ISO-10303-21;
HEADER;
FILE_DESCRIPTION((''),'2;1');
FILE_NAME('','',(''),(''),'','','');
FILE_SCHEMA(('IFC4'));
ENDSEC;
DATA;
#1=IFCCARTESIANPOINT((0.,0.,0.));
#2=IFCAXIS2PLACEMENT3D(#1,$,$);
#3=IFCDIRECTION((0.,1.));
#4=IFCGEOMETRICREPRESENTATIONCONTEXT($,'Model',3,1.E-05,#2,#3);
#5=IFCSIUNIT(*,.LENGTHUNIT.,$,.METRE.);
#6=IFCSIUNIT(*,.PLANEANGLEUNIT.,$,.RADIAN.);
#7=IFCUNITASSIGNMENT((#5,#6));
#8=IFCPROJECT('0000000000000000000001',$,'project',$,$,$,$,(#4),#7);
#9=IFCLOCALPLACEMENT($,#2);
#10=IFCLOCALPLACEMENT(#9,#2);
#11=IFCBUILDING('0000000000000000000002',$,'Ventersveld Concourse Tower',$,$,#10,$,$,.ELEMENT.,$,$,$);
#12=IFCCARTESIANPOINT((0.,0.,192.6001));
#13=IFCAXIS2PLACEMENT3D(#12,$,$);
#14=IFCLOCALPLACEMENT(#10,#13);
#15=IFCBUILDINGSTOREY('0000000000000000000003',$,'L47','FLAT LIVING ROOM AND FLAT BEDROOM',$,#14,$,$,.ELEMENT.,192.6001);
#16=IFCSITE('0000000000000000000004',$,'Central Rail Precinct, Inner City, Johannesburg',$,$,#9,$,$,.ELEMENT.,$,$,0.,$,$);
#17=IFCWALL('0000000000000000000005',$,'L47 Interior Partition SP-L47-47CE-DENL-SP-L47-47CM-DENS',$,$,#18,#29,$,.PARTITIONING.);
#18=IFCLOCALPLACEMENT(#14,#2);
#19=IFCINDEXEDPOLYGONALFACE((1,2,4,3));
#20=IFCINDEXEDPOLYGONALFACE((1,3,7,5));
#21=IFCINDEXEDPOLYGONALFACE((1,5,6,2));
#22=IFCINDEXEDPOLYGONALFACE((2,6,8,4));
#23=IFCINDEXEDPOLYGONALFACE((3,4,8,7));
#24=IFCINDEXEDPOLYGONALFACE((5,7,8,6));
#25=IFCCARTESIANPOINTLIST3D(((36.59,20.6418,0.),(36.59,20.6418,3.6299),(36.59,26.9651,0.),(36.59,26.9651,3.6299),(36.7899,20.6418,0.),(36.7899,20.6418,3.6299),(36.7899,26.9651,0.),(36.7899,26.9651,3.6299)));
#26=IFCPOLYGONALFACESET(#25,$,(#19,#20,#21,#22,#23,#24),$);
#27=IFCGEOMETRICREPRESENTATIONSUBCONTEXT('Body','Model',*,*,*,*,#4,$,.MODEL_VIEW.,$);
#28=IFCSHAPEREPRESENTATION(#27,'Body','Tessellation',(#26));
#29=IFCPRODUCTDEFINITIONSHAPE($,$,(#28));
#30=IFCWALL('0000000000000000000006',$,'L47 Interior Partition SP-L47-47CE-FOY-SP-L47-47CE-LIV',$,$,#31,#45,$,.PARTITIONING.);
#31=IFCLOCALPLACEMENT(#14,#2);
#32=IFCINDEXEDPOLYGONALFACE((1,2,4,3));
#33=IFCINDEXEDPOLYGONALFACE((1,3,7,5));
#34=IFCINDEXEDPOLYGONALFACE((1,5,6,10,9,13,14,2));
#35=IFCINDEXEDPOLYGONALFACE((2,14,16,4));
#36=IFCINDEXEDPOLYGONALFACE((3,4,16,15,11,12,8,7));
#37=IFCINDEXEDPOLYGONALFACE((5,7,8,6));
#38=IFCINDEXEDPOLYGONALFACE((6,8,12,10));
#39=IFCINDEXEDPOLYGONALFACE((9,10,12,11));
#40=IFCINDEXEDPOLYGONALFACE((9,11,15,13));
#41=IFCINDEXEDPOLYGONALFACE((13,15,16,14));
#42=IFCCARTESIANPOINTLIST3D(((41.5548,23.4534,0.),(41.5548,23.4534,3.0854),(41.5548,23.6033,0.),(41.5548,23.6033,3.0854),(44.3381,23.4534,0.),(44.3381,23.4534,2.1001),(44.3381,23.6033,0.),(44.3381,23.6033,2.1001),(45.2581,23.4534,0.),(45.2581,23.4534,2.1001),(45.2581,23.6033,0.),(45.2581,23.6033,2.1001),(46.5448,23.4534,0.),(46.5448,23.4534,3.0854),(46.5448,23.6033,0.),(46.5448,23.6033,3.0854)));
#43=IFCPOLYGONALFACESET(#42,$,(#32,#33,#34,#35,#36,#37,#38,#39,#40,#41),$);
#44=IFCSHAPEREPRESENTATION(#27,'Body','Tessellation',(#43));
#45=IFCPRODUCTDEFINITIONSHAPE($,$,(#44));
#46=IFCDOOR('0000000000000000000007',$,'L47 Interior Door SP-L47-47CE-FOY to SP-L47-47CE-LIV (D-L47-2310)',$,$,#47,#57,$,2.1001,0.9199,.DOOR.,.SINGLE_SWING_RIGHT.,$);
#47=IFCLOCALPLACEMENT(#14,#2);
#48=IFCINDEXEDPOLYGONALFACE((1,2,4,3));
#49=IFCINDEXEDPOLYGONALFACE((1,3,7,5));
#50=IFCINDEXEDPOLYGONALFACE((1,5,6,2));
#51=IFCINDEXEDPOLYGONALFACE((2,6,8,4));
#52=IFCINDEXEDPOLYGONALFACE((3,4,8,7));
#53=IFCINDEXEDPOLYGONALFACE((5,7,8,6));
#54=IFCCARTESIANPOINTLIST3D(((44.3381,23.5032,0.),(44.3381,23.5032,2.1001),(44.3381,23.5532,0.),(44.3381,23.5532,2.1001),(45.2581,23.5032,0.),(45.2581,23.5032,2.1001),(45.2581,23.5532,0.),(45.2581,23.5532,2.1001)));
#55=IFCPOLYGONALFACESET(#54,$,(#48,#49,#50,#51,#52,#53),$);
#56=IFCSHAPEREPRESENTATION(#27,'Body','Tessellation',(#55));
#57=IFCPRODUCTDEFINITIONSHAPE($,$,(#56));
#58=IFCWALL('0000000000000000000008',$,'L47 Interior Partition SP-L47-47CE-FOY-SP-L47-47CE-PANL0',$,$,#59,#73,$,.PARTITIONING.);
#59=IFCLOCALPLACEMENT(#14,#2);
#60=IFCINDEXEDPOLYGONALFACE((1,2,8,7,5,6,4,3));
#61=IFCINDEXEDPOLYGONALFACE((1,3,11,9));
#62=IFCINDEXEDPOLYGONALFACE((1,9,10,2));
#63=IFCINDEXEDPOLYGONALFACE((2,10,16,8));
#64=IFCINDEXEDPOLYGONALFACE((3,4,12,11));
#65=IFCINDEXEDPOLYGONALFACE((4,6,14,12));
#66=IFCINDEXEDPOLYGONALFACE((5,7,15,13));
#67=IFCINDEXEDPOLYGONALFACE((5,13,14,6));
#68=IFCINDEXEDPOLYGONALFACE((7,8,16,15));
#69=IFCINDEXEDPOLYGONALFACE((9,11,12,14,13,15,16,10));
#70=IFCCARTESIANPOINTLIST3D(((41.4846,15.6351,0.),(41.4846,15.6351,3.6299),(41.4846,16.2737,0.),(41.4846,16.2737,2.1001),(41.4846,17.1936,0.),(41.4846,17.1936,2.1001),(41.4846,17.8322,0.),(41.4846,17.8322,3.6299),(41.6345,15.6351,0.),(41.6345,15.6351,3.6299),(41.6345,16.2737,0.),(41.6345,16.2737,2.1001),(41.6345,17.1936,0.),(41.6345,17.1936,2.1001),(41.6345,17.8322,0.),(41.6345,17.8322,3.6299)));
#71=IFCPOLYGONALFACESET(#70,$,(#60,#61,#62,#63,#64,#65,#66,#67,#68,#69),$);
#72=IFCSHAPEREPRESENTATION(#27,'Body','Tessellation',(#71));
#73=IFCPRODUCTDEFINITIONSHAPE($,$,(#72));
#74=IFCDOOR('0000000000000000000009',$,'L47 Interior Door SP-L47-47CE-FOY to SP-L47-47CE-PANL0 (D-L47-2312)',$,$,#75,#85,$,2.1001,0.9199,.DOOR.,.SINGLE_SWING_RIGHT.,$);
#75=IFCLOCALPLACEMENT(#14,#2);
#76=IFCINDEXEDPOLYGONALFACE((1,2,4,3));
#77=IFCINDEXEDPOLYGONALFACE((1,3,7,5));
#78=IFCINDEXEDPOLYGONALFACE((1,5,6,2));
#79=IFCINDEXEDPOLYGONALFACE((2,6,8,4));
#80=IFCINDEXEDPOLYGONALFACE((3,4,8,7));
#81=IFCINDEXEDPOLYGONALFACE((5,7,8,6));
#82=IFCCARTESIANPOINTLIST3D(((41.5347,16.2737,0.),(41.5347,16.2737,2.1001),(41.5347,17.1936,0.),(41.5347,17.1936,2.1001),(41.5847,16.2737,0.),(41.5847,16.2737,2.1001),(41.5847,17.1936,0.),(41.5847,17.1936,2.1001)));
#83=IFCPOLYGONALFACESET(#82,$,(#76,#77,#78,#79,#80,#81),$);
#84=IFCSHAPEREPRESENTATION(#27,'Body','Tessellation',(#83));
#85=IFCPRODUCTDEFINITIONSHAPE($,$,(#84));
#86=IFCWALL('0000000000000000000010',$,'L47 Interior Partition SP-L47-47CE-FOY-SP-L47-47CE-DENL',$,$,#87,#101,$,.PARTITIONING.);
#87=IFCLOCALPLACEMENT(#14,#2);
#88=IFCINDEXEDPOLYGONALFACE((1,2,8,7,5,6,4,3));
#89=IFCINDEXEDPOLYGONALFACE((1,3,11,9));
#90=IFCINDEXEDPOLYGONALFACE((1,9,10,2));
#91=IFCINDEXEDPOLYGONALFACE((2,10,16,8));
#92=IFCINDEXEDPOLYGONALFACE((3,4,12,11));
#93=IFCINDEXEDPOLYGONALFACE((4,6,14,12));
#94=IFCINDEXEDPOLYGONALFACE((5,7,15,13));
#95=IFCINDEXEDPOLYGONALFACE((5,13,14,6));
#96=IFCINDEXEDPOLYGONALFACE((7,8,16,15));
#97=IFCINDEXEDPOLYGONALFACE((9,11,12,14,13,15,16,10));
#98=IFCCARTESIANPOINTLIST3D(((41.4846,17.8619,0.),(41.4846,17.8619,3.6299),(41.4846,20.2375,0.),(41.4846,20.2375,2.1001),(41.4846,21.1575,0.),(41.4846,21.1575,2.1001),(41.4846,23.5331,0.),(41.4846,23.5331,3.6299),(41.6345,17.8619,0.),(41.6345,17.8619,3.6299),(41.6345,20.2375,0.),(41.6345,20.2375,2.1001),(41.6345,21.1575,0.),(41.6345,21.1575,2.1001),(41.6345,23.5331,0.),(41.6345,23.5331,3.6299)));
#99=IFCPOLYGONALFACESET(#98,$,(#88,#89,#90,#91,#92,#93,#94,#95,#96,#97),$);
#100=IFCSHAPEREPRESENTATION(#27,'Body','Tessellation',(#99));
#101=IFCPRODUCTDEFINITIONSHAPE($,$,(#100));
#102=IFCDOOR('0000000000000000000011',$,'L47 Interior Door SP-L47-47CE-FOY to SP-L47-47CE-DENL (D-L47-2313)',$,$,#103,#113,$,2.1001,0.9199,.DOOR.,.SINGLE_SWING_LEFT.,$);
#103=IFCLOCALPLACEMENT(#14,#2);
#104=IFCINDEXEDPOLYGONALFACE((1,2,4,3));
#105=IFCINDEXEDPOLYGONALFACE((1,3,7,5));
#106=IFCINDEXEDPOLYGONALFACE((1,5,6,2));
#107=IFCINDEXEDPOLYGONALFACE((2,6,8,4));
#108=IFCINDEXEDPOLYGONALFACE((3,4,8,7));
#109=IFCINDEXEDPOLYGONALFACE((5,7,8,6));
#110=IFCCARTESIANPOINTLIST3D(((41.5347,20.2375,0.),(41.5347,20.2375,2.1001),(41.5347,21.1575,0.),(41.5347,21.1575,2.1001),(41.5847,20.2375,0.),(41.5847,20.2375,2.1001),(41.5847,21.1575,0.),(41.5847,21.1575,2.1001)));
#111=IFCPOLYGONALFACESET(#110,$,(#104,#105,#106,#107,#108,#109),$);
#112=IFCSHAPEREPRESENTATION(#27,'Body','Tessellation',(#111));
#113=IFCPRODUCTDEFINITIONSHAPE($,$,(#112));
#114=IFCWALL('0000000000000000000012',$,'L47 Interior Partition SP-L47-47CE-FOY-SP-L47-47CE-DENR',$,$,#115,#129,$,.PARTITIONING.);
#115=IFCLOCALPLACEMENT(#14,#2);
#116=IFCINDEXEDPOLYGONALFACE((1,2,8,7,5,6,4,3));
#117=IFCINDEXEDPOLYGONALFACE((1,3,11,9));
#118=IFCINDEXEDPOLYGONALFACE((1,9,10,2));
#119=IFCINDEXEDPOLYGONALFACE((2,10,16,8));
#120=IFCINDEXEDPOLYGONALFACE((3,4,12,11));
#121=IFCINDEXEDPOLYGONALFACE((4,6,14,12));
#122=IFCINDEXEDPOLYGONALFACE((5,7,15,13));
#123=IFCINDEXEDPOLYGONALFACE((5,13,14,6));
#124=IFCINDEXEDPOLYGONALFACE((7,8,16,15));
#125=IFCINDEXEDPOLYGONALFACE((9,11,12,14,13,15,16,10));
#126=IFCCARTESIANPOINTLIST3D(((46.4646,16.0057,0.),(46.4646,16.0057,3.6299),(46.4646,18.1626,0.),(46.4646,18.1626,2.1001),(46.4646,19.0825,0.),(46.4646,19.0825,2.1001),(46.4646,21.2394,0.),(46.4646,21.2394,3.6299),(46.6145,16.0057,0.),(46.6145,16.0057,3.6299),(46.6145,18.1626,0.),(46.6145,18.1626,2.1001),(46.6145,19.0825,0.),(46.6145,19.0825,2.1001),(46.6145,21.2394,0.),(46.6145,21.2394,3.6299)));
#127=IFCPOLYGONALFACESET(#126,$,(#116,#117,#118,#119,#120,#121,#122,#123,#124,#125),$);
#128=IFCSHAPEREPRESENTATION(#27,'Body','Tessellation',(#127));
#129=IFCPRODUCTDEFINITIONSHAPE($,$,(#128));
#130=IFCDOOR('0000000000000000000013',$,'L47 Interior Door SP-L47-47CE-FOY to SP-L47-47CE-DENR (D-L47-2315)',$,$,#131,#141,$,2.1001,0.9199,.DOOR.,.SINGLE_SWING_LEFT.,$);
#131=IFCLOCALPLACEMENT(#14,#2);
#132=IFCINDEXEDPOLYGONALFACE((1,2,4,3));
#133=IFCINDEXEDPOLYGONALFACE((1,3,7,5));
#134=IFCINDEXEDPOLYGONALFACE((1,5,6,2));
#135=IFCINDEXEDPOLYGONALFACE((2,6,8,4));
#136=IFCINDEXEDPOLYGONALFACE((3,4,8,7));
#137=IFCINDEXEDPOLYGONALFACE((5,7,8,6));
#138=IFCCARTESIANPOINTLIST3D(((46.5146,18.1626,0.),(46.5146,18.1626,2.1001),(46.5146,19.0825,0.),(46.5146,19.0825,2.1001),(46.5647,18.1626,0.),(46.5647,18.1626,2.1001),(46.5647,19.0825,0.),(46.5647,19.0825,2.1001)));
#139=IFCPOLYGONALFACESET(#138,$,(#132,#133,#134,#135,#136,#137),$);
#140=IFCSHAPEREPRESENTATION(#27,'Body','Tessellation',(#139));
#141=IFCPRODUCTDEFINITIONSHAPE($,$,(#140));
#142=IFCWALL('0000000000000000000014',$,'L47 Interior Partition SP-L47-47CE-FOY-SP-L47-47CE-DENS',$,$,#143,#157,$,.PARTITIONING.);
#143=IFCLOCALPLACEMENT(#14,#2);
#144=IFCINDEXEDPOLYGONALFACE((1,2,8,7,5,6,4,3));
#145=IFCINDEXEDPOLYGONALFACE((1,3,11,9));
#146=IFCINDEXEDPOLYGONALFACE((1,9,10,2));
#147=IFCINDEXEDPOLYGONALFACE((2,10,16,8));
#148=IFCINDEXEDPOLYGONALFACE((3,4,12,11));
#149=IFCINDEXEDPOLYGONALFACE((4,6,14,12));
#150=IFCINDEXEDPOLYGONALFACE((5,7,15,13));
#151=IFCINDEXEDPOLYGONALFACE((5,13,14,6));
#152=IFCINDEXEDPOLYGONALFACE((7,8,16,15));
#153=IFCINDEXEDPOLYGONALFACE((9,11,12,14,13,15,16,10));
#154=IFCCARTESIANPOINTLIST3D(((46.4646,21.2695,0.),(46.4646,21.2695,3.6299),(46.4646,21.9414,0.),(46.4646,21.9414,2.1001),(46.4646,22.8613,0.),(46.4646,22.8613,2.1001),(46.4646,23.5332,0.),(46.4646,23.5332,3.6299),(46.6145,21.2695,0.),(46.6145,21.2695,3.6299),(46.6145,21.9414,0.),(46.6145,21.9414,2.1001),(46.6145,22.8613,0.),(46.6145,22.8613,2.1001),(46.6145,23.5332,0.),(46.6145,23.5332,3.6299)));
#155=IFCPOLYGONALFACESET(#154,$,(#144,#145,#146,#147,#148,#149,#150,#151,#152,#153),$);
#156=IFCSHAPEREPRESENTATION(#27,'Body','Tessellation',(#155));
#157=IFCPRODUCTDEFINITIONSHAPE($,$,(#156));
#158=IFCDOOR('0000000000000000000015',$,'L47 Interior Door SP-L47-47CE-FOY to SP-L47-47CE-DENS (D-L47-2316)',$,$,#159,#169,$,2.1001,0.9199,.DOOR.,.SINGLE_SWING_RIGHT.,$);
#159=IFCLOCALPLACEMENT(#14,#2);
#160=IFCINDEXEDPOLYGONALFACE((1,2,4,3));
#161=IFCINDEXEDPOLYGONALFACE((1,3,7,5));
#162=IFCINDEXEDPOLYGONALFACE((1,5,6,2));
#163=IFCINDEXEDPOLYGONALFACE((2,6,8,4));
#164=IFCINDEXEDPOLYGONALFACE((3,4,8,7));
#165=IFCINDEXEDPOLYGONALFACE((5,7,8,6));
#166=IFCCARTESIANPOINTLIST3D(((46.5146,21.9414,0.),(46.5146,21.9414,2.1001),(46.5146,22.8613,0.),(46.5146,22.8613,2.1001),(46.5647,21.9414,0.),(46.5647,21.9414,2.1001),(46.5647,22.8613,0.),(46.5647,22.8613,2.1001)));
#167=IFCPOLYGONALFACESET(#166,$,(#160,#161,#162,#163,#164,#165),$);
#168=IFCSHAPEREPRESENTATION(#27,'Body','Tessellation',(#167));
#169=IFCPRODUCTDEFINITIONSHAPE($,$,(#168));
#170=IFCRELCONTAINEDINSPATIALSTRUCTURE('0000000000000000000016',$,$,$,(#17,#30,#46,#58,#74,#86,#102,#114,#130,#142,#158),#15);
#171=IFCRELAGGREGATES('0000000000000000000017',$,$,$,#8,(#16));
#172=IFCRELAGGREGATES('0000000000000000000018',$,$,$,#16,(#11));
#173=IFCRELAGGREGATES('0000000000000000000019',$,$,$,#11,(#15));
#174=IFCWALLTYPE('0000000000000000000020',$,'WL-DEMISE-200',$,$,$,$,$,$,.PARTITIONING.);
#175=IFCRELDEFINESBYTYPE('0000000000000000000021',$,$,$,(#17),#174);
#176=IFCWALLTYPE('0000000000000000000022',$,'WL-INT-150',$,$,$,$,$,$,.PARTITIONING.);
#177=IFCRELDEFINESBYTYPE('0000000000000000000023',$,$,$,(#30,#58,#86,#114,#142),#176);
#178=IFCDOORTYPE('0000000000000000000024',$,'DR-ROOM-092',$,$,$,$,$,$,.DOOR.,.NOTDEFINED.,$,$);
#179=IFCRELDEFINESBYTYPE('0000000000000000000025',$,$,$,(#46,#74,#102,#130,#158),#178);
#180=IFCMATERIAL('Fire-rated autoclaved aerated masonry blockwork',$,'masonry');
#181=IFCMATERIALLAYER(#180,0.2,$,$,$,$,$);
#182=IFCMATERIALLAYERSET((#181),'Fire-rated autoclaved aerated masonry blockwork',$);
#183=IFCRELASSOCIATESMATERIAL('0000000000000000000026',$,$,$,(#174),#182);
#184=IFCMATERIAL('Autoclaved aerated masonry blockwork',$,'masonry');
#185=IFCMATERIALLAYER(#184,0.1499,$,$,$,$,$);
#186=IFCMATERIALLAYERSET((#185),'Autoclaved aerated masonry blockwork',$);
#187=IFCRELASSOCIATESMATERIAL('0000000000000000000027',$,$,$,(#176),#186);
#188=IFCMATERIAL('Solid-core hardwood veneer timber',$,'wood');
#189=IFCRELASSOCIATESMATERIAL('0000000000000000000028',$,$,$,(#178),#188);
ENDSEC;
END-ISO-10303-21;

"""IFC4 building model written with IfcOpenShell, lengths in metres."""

from ifc_helpers import new_model, si_unit, direction, frame, frame_2d, origin, place, context, subcontext, project, spatial, rectangle, extrude, material, layer, layer_set, type_object, element, fill, save


model = new_model("IFC4")

# Units and contexts
model_context = context("Model", 3, precision=1e-05, world=origin(), true_north=direction((0.0, 1.0)))
body_context = subcontext(model_context, "Body", "Model", "MODEL_VIEW")
ifc_project = project(units=[si_unit("LENGTHUNIT", "METRE"), si_unit("PLANEANGLEUNIT", "RADIAN")], contexts=[model_context])

# Site, building, storey
site_placement = place(None, origin())
site = spatial("IfcSite", under=ifc_project, at=site_placement, Name="Central Rail Precinct, Inner City, Johannesburg", CompositionType="ELEMENT", RefElevation=0.0)
building_placement = place(site_placement, origin())
building = spatial("IfcBuilding", under=site, at=building_placement, Name="Ventersveld Concourse Tower", CompositionType="ELEMENT")
storey_placement = place(building_placement, frame((0.0, 0.0, 192.6001)))
storey = spatial("IfcBuildingStorey", under=building, at=storey_placement, Name="L47", Description="FLAT LIVING ROOM AND FLAT BEDROOM", CompositionType="ELEMENT", Elevation=192.6001)

# Shared definitions
ifc_material_1 = material(Name="Fire-rated autoclaved aerated masonry blockwork", Category="masonry")
ifc_material_2 = material(Name="Solid-core hardwood veneer timber", Category="wood")

# Wall
ifc_layer_1 = layer(ifc_material_1, 0.2)
ifc_layer_set_1 = layer_set([ifc_layer_1], Name="Fire-rated autoclaved aerated masonry blockwork")
wall_type_1 = type_object("IfcWallType", Name="WL-DEMISE-200", PredefinedType="PARTITIONING", material=ifc_layer_set_1)
wall_1_placement = place(storey_placement, frame((36.6899, 20.6418, 0.0), z_axis=(0.0, 0.0, 1.0), x_axis=(0.0, 1.0, 0.0)))
element("IfcWall", 1, at=wall_1_placement, inside=storey, type_object=wall_type_1, Name="L47 Interior Partition SP-L47-47CE-DENL-SP-L47-47CM-DENS", PredefinedType="PARTITIONING", context=body_context, shape_type="SweptSolid", body=[
    extrude(rectangle(XDim=6.3232, YDim=0.2, at=frame_2d((3.1616, 0.0))), origin(), (0.0, 0.0, 1.0), 3.6299),
])

# Walls, openings, doors
ifc_material_3 = material(Name="Autoclaved aerated masonry blockwork", Category="masonry")
ifc_layer_2 = layer(ifc_material_3, 0.1499)
ifc_layer_set_2 = layer_set([ifc_layer_2], Name="Autoclaved aerated masonry blockwork")
wall_type_2 = type_object("IfcWallType", Name="WL-INT-150", PredefinedType="PARTITIONING", material=ifc_layer_set_2)
wall_2_placement = place(storey_placement, frame((41.5547, 23.5283, 0.0), z_axis=(0.0, 0.0, 1.0), x_axis=(1.0, 0.0, 0.0)))
wall_2 = element("IfcWall", 2, at=wall_2_placement, inside=storey, type_object=wall_type_2, Name="L47 Interior Partition SP-L47-47CE-FOY-SP-L47-47CE-LIV", PredefinedType="PARTITIONING", context=body_context, shape_type="SweptSolid", body=[
    extrude(rectangle(XDim=4.99, YDim=0.1499, at=frame_2d((2.4951, 0.0))), origin(), (0.0, 0.0, 1.0), 3.0854),
])
opening_1_placement = place(wall_2_placement, frame((2.7834, 0.0, 0.0)))
opening_1 = element("IfcOpeningElement", 3, at=opening_1_placement, cuts=wall_2, PredefinedType="OPENING", context=body_context, shape_type="SweptSolid", body=[
    extrude(rectangle(XDim=0.9199, YDim=2.1001, at=frame_2d((0.46, 1.05))), frame((0.0, 0.085, 0.0), z_axis=(0.0, -1.0, 0.0), x_axis=(1.0, 0.0, 0.0)), (0.0, 0.0, 1.0), 0.1699),
])
door_type_1 = type_object("IfcDoorType", Name="DR-ROOM-092", OperationType="NOTDEFINED", PredefinedType="DOOR", material=ifc_material_2)
door_1_placement = place(opening_1_placement, origin())
door_1 = element("IfcDoor", 4, at=door_1_placement, inside=storey, type_object=door_type_1, Name="L47 Interior Door SP-L47-47CE-FOY to SP-L47-47CE-LIV (D-L47-2310)", OperationType="SINGLE_SWING_RIGHT", OverallHeight=2.1001, OverallWidth=0.9199, PredefinedType="DOOR", context=body_context, shape_type="SweptSolid", body=[
    extrude(rectangle(XDim=0.9199, YDim=2.1001, at=frame_2d((0.46, 1.05))), frame((0.0, 0.0249, 0.0), z_axis=(0.0, -1.0, 0.0), x_axis=(1.0, 0.0, 0.0)), (0.0, 0.0, 1.0), 0.05),
])
fill(opening_1, door_1)
wall_3_placement = place(storey_placement, frame((41.5596, 15.635, 0.0), z_axis=(0.0, 0.0, 1.0), x_axis=(0.0, 1.0, 0.0)))
wall_3 = element("IfcWall", 5, at=wall_3_placement, inside=storey, type_object=wall_type_2, Name="L47 Interior Partition SP-L47-47CE-FOY-SP-L47-47CE-PANL0", PredefinedType="PARTITIONING", context=body_context, shape_type="SweptSolid", body=[
    extrude(rectangle(XDim=2.197, YDim=0.1499, at=frame_2d((1.0986, 0.0))), origin(), (0.0, 0.0, 1.0), 3.6299),
])
opening_2_placement = place(wall_3_placement, frame((0.6387, 0.0, 0.0)))
opening_2 = element("IfcOpeningElement", 6, at=opening_2_placement, cuts=wall_3, PredefinedType="OPENING", context=body_context, shape_type="SweptSolid", body=[
    extrude(rectangle(XDim=0.9199, YDim=2.1001, at=frame_2d((0.46, 1.05))), frame((0.0, 0.085, 0.0), z_axis=(0.0, -1.0, 0.0), x_axis=(1.0, 0.0, 0.0)), (0.0, 0.0, 1.0), 0.1699),
])
door_2_placement = place(opening_2_placement, origin())
door_2 = element("IfcDoor", 7, at=door_2_placement, inside=storey, type_object=door_type_1, Name="L47 Interior Door SP-L47-47CE-FOY to SP-L47-47CE-PANL0 (D-L47-2312)", OperationType="SINGLE_SWING_RIGHT", OverallHeight=2.1001, OverallWidth=0.9199, PredefinedType="DOOR", context=body_context, shape_type="SweptSolid", body=[
    extrude(rectangle(XDim=0.9199, YDim=2.1001, at=frame_2d((0.46, 1.05))), frame((0.0, 0.0249, 0.0), z_axis=(0.0, -1.0, 0.0), x_axis=(1.0, 0.0, 0.0)), (0.0, 0.0, 1.0), 0.05),
])
fill(opening_2, door_2)
wall_4_placement = place(storey_placement, frame((41.5596, 17.8621, 0.0), z_axis=(0.0, 0.0, 1.0), x_axis=(0.0, 1.0, 0.0)))
wall_4 = element("IfcWall", 8, at=wall_4_placement, inside=storey, type_object=wall_type_2, Name="L47 Interior Partition SP-L47-47CE-FOY-SP-L47-47CE-DENL", PredefinedType="PARTITIONING", context=body_context, shape_type="SweptSolid", body=[
    extrude(rectangle(XDim=5.6711, YDim=0.1499, at=frame_2d((2.8354, 0.0))), origin(), (0.0, 0.0, 1.0), 3.6299),
])
opening_3_placement = place(wall_4_placement, frame((2.3755, 0.0, 0.0)))
opening_3 = element("IfcOpeningElement", 9, at=opening_3_placement, cuts=wall_4, PredefinedType="OPENING", context=body_context, shape_type="SweptSolid", body=[
    extrude(rectangle(XDim=0.9199, YDim=2.1001, at=frame_2d((0.46, 1.05))), frame((0.0, 0.085, 0.0), z_axis=(0.0, -1.0, 0.0), x_axis=(1.0, 0.0, 0.0)), (0.0, 0.0, 1.0), 0.1699),
])
door_3_placement = place(opening_3_placement, origin())
door_3 = element("IfcDoor", 10, at=door_3_placement, inside=storey, type_object=door_type_1, Name="L47 Interior Door SP-L47-47CE-FOY to SP-L47-47CE-DENL (D-L47-2313)", OperationType="SINGLE_SWING_LEFT", OverallHeight=2.1001, OverallWidth=0.9199, PredefinedType="DOOR", context=body_context, shape_type="SweptSolid", body=[
    extrude(rectangle(XDim=0.9199, YDim=2.1001, at=frame_2d((0.46, 1.05))), frame((0.0, 0.0249, 0.0), z_axis=(0.0, -1.0, 0.0), x_axis=(1.0, 0.0, 0.0)), (0.0, 0.0, 1.0), 0.05),
])
fill(opening_3, door_3)
wall_5_placement = place(storey_placement, frame((46.5396, 16.0059, 0.0), z_axis=(0.0, 0.0, 1.0), x_axis=(0.0, 1.0, 0.0)))
wall_5 = element("IfcWall", 11, at=wall_5_placement, inside=storey, type_object=wall_type_2, Name="L47 Interior Partition SP-L47-47CE-FOY-SP-L47-47CE-DENR", PredefinedType="PARTITIONING", context=body_context, shape_type="SweptSolid", body=[
    extrude(rectangle(XDim=5.2336, YDim=0.1499, at=frame_2d((2.6167, 0.0))), origin(), (0.0, 0.0, 1.0), 3.6299),
])
opening_4_placement = place(wall_5_placement, frame((2.1567, 0.0, 0.0)))
opening_4 = element("IfcOpeningElement", 12, at=opening_4_placement, cuts=wall_5, PredefinedType="OPENING", context=body_context, shape_type="SweptSolid", body=[
    extrude(rectangle(XDim=0.9199, YDim=2.1001, at=frame_2d((0.46, 1.05))), frame((0.0, 0.085, 0.0), z_axis=(0.0, -1.0, 0.0), x_axis=(1.0, 0.0, 0.0)), (0.0, 0.0, 1.0), 0.1699),
])
door_4_placement = place(opening_4_placement, origin())
door_4 = element("IfcDoor", 13, at=door_4_placement, inside=storey, type_object=door_type_1, Name="L47 Interior Door SP-L47-47CE-FOY to SP-L47-47CE-DENR (D-L47-2315)", OperationType="SINGLE_SWING_LEFT", OverallHeight=2.1001, OverallWidth=0.9199, PredefinedType="DOOR", context=body_context, shape_type="SweptSolid", body=[
    extrude(rectangle(XDim=0.9199, YDim=2.1001, at=frame_2d((0.46, 1.05))), frame((0.0, 0.0249, 0.0), z_axis=(0.0, -1.0, 0.0), x_axis=(1.0, 0.0, 0.0)), (0.0, 0.0, 1.0), 0.05),
])
fill(opening_4, door_4)
wall_6_placement = place(storey_placement, frame((46.5396, 21.2695, 0.0), z_axis=(0.0, 0.0, 1.0), x_axis=(0.0, 1.0, 0.0)))
wall_6 = element("IfcWall", 14, at=wall_6_placement, inside=storey, type_object=wall_type_2, Name="L47 Interior Partition SP-L47-47CE-FOY-SP-L47-47CE-DENS", PredefinedType="PARTITIONING", context=body_context, shape_type="SweptSolid", body=[
    extrude(rectangle(XDim=2.2637, YDim=0.1499, at=frame_2d((1.1318, 0.0))), origin(), (0.0, 0.0, 1.0), 3.6299),
])
opening_5_placement = place(wall_6_placement, frame((0.6719, 0.0, 0.0)))
opening_5 = element("IfcOpeningElement", 15, at=opening_5_placement, cuts=wall_6, PredefinedType="OPENING", context=body_context, shape_type="SweptSolid", body=[
    extrude(rectangle(XDim=0.9199, YDim=2.1001, at=frame_2d((0.46, 1.05))), frame((0.0, 0.085, 0.0), z_axis=(0.0, -1.0, 0.0), x_axis=(1.0, 0.0, 0.0)), (0.0, 0.0, 1.0), 0.1699),
])
door_5_placement = place(opening_5_placement, origin())
door_5 = element("IfcDoor", 16, at=door_5_placement, inside=storey, type_object=door_type_1, Name="L47 Interior Door SP-L47-47CE-FOY to SP-L47-47CE-DENS (D-L47-2316)", OperationType="SINGLE_SWING_RIGHT", OverallHeight=2.1001, OverallWidth=0.9199, PredefinedType="DOOR", context=body_context, shape_type="SweptSolid", body=[
    extrude(rectangle(XDim=0.9199, YDim=2.1001, at=frame_2d((0.46, 1.05))), frame((0.0, 0.0249, 0.0), z_axis=(0.0, -1.0, 0.0), x_axis=(1.0, 0.0, 0.0)), (0.0, 0.0, 1.0), 0.05),
])
fill(opening_5, door_5)

save(model, "model.ifc")
